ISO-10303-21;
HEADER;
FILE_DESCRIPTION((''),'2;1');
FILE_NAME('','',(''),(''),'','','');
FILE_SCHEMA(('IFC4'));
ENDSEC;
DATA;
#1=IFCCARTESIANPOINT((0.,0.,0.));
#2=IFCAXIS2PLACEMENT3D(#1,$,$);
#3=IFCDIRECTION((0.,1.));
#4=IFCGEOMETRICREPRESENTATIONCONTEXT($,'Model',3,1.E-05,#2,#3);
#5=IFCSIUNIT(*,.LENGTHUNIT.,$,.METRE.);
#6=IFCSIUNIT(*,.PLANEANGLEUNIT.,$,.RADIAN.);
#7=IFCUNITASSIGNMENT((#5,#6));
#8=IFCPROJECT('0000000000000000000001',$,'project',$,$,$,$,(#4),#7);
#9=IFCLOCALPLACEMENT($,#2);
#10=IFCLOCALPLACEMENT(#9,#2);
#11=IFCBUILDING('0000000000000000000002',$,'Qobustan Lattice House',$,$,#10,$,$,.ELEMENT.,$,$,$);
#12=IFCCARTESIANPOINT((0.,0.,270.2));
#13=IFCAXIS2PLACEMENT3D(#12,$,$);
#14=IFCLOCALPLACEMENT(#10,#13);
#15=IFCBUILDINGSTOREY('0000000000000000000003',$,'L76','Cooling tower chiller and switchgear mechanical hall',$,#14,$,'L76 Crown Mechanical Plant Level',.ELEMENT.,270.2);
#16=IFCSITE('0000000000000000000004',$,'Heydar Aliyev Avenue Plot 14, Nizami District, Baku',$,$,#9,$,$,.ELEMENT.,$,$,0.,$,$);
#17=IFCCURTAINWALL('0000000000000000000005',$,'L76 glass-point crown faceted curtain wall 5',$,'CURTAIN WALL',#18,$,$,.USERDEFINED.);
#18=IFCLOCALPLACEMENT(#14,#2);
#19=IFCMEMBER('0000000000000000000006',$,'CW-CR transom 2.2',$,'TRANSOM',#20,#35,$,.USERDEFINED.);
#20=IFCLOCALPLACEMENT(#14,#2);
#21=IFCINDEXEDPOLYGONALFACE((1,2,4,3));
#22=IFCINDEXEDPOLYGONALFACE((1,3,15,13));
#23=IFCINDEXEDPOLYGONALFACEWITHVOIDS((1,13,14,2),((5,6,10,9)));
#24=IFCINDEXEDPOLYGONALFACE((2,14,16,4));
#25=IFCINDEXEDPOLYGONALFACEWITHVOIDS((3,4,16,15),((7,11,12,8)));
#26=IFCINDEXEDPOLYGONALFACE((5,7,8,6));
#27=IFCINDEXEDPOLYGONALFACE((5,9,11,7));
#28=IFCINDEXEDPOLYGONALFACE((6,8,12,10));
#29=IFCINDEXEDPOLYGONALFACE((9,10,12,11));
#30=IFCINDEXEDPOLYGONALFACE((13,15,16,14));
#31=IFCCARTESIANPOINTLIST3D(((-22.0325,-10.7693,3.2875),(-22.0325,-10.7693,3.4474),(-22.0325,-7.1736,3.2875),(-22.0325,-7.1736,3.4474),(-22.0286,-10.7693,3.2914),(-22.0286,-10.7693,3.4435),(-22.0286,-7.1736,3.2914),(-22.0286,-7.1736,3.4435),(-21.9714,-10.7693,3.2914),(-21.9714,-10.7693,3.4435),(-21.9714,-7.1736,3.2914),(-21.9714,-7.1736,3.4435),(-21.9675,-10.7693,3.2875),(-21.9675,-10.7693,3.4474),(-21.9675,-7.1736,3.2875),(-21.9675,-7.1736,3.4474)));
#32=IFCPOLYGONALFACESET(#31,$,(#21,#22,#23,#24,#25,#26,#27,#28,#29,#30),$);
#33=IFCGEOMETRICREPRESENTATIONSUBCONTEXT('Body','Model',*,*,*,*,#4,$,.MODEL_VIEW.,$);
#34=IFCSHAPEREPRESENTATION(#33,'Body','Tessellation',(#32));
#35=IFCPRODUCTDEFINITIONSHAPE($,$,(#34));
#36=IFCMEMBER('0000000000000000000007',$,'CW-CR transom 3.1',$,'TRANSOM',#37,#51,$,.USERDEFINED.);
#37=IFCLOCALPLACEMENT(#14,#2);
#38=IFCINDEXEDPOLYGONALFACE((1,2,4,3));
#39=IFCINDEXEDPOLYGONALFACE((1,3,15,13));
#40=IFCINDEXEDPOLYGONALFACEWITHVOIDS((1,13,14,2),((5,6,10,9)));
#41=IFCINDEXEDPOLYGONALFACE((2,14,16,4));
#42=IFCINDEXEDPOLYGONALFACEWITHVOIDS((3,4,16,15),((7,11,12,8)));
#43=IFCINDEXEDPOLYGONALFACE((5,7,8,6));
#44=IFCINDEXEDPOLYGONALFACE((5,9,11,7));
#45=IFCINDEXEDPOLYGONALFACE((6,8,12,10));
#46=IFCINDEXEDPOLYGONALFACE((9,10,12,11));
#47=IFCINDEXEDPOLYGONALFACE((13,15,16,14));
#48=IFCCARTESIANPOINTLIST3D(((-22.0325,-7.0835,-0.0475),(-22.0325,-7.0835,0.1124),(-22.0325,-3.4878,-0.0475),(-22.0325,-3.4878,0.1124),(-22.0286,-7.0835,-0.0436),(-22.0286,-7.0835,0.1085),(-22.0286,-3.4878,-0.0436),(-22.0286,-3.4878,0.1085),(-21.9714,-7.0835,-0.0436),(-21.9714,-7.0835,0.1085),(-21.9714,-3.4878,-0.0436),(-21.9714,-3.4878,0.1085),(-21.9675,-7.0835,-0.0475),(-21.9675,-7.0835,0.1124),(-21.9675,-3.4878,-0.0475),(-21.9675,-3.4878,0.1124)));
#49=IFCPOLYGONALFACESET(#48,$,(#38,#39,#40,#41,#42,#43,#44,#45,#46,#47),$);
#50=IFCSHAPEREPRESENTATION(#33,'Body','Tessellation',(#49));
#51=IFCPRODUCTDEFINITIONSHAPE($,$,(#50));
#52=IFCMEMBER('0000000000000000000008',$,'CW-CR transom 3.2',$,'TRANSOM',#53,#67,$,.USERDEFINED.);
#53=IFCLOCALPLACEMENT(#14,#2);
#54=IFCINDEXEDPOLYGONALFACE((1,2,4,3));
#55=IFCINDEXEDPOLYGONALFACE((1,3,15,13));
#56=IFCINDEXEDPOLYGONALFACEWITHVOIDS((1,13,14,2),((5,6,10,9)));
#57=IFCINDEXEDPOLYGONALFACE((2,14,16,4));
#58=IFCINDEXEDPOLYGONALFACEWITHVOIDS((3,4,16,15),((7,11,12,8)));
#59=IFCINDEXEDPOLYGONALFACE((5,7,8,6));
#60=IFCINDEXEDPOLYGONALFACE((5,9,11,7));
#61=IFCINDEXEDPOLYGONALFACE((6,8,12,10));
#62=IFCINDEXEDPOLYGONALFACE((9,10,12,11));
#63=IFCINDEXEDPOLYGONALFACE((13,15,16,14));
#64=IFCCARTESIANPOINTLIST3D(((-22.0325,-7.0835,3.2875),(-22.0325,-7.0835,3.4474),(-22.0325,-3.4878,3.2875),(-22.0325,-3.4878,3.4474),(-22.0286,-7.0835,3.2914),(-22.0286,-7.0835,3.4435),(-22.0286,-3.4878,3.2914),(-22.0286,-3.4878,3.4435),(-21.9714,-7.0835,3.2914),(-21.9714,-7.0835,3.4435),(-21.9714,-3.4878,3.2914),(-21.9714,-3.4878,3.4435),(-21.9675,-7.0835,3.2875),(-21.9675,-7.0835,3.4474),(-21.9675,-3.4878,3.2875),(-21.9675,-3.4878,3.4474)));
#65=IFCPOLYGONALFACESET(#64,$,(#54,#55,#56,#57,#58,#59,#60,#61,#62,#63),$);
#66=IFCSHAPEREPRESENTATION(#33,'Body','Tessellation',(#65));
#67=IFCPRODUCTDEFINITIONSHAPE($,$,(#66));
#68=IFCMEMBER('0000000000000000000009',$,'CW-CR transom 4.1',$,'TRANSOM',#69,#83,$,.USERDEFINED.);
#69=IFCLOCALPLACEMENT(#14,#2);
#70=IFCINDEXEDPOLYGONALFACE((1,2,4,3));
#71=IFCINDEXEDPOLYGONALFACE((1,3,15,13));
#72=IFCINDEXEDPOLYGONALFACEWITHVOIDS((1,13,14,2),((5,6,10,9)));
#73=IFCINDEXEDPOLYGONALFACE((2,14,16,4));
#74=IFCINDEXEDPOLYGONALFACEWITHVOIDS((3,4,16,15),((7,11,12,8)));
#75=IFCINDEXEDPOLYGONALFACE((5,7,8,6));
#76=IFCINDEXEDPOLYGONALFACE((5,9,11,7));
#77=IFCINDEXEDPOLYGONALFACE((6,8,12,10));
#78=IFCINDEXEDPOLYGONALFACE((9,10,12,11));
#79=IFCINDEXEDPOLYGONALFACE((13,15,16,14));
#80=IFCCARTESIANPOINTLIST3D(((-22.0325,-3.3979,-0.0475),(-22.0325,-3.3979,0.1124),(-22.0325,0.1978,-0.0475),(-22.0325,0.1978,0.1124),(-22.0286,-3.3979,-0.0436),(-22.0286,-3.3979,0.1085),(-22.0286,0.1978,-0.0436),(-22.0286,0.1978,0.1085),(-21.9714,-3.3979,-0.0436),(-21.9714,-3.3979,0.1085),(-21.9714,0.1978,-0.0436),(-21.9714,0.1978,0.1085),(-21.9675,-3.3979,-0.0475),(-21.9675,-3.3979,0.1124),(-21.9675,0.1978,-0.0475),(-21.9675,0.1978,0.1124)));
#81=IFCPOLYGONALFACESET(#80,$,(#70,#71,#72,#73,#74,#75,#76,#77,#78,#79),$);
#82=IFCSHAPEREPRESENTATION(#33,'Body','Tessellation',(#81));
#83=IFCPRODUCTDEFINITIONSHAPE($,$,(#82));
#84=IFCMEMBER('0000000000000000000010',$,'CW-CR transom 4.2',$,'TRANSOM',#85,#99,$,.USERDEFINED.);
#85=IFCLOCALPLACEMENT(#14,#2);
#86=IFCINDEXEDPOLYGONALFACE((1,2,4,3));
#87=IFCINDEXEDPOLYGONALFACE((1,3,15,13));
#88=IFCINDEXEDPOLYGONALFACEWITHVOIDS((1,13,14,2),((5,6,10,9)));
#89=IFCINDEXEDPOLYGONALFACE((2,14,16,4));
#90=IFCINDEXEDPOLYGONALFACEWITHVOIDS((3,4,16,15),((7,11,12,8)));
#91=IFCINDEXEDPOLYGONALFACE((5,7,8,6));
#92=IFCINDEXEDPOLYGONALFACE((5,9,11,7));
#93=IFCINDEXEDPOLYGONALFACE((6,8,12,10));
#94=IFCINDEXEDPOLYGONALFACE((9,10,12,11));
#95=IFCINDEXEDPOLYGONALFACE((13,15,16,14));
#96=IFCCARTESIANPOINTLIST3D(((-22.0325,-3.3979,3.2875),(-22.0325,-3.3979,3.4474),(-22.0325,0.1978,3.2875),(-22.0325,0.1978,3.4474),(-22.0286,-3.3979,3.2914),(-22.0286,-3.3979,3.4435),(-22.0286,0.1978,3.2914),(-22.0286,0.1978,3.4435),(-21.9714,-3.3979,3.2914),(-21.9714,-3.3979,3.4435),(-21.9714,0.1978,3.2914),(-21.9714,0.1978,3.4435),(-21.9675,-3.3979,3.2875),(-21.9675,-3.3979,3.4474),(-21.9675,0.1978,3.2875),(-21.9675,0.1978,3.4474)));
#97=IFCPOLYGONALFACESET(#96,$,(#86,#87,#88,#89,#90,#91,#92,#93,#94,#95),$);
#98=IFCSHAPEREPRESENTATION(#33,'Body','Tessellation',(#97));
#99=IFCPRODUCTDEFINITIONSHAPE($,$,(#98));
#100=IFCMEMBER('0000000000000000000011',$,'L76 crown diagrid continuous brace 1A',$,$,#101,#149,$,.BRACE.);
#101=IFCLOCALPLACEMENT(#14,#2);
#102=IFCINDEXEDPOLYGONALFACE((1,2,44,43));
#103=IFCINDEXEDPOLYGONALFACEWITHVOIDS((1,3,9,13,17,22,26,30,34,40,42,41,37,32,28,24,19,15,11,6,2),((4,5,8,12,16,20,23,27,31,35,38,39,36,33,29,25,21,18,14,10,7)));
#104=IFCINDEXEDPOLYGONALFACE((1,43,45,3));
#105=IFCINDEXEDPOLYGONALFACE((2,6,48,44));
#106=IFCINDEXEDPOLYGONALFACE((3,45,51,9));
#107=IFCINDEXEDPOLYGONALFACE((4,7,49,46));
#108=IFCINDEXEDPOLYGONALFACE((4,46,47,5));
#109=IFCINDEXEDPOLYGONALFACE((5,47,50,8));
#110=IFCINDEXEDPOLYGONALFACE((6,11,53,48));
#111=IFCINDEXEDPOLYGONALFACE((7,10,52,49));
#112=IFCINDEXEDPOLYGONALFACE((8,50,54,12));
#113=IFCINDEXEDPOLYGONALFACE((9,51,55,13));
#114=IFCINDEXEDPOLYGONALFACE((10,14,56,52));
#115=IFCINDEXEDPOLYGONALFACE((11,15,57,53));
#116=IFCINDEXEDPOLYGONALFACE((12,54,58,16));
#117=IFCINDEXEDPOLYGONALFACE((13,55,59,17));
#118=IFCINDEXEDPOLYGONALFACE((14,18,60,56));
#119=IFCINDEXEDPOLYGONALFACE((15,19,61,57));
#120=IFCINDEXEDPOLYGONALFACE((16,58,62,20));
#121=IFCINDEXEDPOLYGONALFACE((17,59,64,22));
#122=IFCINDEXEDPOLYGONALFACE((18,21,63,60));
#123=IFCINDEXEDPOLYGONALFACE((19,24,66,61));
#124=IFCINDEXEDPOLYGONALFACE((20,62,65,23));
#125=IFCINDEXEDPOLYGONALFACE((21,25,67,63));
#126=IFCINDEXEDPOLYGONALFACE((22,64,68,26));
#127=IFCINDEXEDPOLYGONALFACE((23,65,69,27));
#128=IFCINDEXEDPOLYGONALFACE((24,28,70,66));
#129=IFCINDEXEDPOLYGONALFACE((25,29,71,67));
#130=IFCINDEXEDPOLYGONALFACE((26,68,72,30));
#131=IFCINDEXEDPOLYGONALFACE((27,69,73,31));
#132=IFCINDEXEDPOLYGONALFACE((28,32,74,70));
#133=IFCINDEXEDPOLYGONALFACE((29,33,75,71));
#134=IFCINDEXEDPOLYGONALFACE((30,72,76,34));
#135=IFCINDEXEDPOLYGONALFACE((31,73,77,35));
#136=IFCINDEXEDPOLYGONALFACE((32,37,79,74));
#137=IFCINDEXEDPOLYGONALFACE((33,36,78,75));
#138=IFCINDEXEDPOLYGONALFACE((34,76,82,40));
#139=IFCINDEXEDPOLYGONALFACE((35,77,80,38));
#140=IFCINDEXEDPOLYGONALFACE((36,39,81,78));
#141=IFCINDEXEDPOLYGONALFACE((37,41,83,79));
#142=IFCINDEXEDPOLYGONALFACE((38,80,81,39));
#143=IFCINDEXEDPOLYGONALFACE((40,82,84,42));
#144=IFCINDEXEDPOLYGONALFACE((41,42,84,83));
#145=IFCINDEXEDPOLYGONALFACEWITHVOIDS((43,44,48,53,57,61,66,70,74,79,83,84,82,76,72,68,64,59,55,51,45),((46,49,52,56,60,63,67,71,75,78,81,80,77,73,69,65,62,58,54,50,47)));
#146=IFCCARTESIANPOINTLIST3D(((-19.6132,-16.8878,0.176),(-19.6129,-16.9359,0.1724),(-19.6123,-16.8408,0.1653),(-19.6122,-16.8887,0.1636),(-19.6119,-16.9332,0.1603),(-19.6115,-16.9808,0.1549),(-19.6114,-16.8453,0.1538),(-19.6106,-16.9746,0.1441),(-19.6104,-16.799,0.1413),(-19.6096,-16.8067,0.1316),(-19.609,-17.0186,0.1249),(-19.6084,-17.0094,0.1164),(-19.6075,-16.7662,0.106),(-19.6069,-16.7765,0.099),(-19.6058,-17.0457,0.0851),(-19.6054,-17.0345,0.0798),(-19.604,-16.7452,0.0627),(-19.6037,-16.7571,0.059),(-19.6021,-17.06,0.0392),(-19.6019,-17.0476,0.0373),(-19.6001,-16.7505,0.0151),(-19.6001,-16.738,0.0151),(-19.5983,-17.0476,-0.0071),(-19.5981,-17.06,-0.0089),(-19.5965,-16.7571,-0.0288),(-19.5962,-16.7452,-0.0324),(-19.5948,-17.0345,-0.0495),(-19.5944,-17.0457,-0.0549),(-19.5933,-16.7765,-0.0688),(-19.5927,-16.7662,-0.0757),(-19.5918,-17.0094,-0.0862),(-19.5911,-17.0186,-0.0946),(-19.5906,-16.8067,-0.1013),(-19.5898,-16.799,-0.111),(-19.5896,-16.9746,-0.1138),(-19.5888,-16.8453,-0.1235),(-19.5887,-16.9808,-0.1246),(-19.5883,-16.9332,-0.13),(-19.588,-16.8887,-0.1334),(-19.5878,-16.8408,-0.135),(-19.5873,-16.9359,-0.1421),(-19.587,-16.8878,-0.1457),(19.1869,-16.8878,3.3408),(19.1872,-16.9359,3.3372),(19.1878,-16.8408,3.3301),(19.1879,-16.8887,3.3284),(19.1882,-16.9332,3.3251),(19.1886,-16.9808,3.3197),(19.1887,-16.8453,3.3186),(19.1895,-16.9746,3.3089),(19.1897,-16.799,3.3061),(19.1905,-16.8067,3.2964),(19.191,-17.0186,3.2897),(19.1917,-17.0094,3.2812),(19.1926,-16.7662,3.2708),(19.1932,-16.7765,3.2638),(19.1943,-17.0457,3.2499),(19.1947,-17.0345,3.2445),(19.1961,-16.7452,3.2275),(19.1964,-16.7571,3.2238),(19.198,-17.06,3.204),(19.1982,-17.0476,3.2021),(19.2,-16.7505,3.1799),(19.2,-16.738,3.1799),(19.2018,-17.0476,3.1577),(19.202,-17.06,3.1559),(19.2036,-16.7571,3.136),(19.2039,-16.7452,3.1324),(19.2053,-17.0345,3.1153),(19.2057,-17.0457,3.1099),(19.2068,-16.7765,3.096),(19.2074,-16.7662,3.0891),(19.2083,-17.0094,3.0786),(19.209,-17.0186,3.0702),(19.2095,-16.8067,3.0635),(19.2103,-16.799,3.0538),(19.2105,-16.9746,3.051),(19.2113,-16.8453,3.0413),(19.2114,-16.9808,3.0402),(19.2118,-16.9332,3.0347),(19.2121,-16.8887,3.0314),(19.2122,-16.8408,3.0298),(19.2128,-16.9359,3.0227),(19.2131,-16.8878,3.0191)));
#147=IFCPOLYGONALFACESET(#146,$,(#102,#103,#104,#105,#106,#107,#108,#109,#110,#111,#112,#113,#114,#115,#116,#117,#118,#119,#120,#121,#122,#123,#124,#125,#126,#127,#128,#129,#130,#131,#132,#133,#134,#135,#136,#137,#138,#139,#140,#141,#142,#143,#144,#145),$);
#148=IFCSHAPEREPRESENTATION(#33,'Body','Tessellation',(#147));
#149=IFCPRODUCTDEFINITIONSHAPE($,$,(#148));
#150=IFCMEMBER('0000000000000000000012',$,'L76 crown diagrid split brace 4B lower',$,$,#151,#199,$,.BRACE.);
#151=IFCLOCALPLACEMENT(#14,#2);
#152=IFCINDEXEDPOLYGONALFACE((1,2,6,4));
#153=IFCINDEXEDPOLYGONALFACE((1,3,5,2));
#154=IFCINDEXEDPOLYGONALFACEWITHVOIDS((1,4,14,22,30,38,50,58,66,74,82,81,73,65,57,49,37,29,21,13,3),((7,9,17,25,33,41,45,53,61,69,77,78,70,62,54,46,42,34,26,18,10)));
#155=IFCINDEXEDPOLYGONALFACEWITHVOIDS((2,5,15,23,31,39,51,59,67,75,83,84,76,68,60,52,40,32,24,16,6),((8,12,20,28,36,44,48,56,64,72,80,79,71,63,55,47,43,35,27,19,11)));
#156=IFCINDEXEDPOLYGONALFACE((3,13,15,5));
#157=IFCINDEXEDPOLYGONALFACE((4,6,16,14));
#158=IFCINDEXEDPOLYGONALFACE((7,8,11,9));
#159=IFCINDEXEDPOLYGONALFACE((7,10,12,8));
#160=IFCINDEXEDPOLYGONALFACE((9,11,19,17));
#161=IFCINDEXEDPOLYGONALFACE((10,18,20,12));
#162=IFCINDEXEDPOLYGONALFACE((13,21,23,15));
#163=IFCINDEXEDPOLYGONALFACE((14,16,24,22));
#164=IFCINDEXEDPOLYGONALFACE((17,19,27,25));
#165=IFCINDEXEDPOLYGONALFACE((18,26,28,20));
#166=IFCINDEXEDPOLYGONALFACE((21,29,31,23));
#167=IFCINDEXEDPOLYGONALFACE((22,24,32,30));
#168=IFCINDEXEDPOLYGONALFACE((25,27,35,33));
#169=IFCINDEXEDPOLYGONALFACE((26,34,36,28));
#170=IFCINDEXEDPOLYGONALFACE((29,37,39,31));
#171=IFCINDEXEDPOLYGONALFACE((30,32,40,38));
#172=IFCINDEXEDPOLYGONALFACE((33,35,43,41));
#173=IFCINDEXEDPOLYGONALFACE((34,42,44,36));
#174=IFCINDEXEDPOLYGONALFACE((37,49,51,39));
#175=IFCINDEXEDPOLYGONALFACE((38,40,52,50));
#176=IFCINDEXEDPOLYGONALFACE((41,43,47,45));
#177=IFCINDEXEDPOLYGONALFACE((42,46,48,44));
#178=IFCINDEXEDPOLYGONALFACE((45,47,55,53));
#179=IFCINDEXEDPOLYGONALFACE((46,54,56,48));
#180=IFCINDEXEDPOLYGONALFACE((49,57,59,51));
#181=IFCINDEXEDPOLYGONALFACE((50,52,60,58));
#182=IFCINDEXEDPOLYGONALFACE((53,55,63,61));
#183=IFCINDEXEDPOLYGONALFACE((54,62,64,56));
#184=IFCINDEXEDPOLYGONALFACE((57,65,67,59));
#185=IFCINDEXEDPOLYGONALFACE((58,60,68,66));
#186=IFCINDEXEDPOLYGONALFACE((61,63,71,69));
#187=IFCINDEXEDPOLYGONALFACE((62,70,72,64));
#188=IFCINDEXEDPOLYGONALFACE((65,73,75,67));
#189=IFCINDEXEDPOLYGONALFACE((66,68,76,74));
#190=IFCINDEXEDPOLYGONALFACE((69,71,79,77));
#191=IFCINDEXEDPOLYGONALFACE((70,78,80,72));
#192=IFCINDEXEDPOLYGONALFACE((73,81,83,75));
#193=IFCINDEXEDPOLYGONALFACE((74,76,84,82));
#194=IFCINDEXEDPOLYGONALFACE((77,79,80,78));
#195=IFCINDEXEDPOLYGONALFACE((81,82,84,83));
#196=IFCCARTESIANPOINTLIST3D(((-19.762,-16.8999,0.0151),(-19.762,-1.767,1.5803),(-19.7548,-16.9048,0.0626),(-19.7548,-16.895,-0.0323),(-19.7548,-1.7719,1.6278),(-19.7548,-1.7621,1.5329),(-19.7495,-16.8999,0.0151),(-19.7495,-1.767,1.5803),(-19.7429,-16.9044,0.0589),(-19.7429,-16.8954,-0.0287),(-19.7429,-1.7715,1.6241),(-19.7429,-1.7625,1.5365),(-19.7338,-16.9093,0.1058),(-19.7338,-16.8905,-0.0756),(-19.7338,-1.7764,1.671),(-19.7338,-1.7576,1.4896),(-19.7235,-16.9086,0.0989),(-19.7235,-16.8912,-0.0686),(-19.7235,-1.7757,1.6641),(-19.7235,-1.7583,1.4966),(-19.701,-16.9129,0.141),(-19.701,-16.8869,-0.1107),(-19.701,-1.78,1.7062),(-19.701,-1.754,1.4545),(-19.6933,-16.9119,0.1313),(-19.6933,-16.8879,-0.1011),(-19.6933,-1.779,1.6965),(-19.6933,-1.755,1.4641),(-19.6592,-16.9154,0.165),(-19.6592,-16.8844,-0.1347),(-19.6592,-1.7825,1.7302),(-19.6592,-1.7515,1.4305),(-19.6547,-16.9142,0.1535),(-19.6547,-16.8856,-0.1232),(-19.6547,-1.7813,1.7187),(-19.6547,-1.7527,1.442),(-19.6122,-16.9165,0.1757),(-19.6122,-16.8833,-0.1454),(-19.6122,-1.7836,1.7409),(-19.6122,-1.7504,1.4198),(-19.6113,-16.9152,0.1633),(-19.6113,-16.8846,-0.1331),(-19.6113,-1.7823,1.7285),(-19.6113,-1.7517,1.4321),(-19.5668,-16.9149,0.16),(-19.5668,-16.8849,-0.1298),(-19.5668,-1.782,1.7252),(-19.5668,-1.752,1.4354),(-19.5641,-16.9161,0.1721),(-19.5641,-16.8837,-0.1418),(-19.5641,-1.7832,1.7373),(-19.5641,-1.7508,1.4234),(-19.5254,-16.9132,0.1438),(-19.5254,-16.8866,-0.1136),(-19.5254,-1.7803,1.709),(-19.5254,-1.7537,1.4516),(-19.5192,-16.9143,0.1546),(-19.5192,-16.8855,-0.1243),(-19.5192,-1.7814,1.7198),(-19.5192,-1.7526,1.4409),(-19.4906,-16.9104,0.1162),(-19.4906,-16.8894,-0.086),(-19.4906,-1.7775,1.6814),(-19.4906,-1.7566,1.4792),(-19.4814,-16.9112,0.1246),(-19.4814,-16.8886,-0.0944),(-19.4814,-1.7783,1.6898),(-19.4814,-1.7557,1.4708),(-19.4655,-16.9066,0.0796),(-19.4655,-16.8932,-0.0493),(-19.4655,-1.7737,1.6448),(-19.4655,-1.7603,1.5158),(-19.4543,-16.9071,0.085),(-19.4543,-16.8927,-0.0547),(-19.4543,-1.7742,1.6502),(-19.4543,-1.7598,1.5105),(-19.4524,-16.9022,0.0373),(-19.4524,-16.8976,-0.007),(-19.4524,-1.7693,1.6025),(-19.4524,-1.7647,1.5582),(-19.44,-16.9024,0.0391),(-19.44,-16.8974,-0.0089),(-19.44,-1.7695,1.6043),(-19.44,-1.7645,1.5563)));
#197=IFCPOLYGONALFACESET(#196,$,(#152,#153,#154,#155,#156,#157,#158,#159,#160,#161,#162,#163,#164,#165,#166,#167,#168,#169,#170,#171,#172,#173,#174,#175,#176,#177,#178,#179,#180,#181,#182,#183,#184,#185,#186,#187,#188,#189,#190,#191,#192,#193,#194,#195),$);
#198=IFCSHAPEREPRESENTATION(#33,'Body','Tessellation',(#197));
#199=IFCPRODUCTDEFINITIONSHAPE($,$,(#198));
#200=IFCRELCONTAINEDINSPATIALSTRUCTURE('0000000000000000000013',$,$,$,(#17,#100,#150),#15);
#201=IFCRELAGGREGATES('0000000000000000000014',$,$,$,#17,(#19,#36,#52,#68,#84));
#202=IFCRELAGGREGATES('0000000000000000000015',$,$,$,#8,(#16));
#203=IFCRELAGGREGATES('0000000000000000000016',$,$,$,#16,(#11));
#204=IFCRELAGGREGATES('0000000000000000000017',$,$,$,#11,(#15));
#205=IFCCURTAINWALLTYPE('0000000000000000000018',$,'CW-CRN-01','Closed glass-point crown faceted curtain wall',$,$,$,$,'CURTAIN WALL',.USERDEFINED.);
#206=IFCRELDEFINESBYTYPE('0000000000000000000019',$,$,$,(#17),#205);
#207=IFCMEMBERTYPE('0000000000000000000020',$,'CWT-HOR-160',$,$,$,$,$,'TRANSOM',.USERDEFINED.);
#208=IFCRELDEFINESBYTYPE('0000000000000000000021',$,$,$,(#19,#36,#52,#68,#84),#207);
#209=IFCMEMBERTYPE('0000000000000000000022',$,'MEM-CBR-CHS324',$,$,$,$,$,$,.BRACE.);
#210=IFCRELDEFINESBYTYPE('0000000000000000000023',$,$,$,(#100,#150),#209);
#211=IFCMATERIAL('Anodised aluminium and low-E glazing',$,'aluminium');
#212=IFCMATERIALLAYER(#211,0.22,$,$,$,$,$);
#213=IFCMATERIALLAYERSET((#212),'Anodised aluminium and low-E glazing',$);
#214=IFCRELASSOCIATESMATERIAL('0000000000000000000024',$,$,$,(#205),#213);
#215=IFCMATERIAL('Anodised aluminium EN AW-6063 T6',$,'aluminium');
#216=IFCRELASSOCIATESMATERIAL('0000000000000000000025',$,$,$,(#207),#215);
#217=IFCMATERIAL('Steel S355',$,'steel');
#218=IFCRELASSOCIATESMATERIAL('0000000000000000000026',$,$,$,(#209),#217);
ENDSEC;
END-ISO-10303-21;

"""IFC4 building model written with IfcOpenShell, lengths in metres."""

from ifc_helpers import new_model, si_unit, direction, frame, origin, origin_2d, place, context, subcontext, project, spatial, hollow_rectangle, hollow_circle, extrude, material, layer, layer_set, material_profile, profile_set, type_object, element, aggregate, save


model = new_model("IFC4")

# Units and contexts
model_context = context("Model", 3, precision=1e-05, world=origin(), true_north=direction((0.0, 1.0)))
body_context = subcontext(model_context, "Body", "Model", "MODEL_VIEW")
ifc_project = project(units=[si_unit("LENGTHUNIT", "METRE"), si_unit("PLANEANGLEUNIT", "RADIAN")], contexts=[model_context])

# Site, building, storey
site_placement = place(None, origin())
site = spatial("IfcSite", under=ifc_project, at=site_placement, Name="Heydar Aliyev Avenue Plot 14, Nizami District, Baku", CompositionType="ELEMENT", RefElevation=0.0)
building_placement = place(site_placement, origin())
building = spatial("IfcBuilding", under=site, at=building_placement, Name="Qobustan Lattice House", CompositionType="ELEMENT")
storey_placement = place(building_placement, frame((0.0, 0.0, 270.2)))
storey = spatial("IfcBuildingStorey", under=building, at=storey_placement, Name="L76", Description="Cooling tower chiller and switchgear mechanical hall", LongName="L76 Crown Mechanical Plant Level", CompositionType="ELEMENT", Elevation=270.2)

# Curtain wall
ifc_material_1 = material(Name="Anodised aluminium and low-E glazing", Category="aluminium")
ifc_layer_1 = layer(ifc_material_1, 0.22)
ifc_layer_set_1 = layer_set([ifc_layer_1], Name="Anodised aluminium and low-E glazing")
curtain_wall_type = type_object("IfcCurtainWallType", Name="CW-CRN-01", Description="Closed glass-point crown faceted curtain wall", ElementType="CURTAIN WALL", PredefinedType="USERDEFINED", material=ifc_layer_set_1)
curtain_wall_1_placement = place(storey_placement, origin())
curtain_wall_1 = element("IfcCurtainWall", 1, at=curtain_wall_1_placement, inside=storey, type_object=curtain_wall_type, Name="L76 glass-point crown faceted curtain wall 5", ObjectType="CURTAIN WALL", PredefinedType="USERDEFINED")

# Members
ifc_material_2 = material(Name="Anodised aluminium EN AW-6063 T6", Category="aluminium")
ifc_material_profile_1 = material_profile(ifc_material_2, hollow_rectangle(XDim=0.0649, YDim=0.1599, WallThickness=0.0039, at=origin_2d()), Name="CWT-160x65")
ifc_profile_set_1 = profile_set([ifc_material_profile_1], Name="Anodised aluminium EN AW-6063 T6")
member_type_1 = type_object("IfcMemberType", Name="CWT-HOR-160", ElementType="TRANSOM", PredefinedType="USERDEFINED", material=ifc_profile_set_1)
member_1_placement = place(storey_placement, frame((-22.0, -10.7693, 3.3674), z_axis=(0.0, 1.0, 0.0), x_axis=(-1.0, 0.0, 0.0)))
member_1 = element("IfcMember", 2, at=member_1_placement, type_object=member_type_1, Name="CW-CR transom 2.2", ObjectType="TRANSOM", PredefinedType="USERDEFINED", context=body_context, shape_type="SweptSolid", body=[
    extrude(hollow_rectangle(XDim=0.0649, YDim=0.1599, WallThickness=0.0039, at=origin_2d()), origin(), (0.0, 0.0, 1.0), 3.5957),
])
member_2_placement = place(storey_placement, frame((-22.0, -7.0835, 0.0325), z_axis=(0.0, 1.0, 0.0), x_axis=(-1.0, 0.0, 0.0)))
member_2 = element("IfcMember", 3, at=member_2_placement, type_object=member_type_1, Name="CW-CR transom 3.1", ObjectType="TRANSOM", PredefinedType="USERDEFINED", context=body_context, shape_type="SweptSolid", body=[
    extrude(hollow_rectangle(XDim=0.0649, YDim=0.1599, WallThickness=0.0039, at=origin_2d()), origin(), (0.0, 0.0, 1.0), 3.5957),
])
member_3_placement = place(storey_placement, frame((-22.0, -7.0835, 3.3674), z_axis=(0.0, 1.0, 0.0), x_axis=(-1.0, 0.0, 0.0)))
member_3 = element("IfcMember", 4, at=member_3_placement, type_object=member_type_1, Name="CW-CR transom 3.2", ObjectType="TRANSOM", PredefinedType="USERDEFINED", context=body_context, shape_type="SweptSolid", body=[
    extrude(hollow_rectangle(XDim=0.0649, YDim=0.1599, WallThickness=0.0039, at=origin_2d()), origin(), (0.0, 0.0, 1.0), 3.5957),
])
member_4_placement = place(storey_placement, frame((-22.0, -3.3979, 0.0325), z_axis=(0.0, 1.0, 0.0), x_axis=(-1.0, 0.0, 0.0)))
member_4 = element("IfcMember", 5, at=member_4_placement, type_object=member_type_1, Name="CW-CR transom 4.1", ObjectType="TRANSOM", PredefinedType="USERDEFINED", context=body_context, shape_type="SweptSolid", body=[
    extrude(hollow_rectangle(XDim=0.0649, YDim=0.1599, WallThickness=0.0039, at=origin_2d()), origin(), (0.0, 0.0, 1.0), 3.5957),
])
member_5_placement = place(storey_placement, frame((-22.0, -3.3979, 3.3674), z_axis=(0.0, 1.0, 0.0), x_axis=(-1.0, 0.0, 0.0)))
member_5 = element("IfcMember", 6, at=member_5_placement, type_object=member_type_1, Name="CW-CR transom 4.2", ObjectType="TRANSOM", PredefinedType="USERDEFINED", context=body_context, shape_type="SweptSolid", body=[
    extrude(hollow_rectangle(XDim=0.0649, YDim=0.1599, WallThickness=0.0039, at=origin_2d()), origin(), (0.0, 0.0, 1.0), 3.5957),
])

# Members
ifc_material_3 = material(Name="Steel S355", Category="steel")
ifc_material_profile_2 = material_profile(ifc_material_3, hollow_circle(Radius=0.1619, WallThickness=0.0125, at=origin_2d()), Name="CHS323.9x12.5")
ifc_profile_set_2 = profile_set([ifc_material_profile_2], Name="Steel S355")
member_type_2 = type_object("IfcMemberType", Name="MEM-CBR-CHS324", PredefinedType="BRACE", material=ifc_profile_set_2)
member_6_placement = place(storey_placement, frame((-19.6001, -16.8999, 0.0151), z_axis=(0.99669, 0.0, 0.081297), x_axis=(0.0, 1.0, 0.0)))
element("IfcMember", 7, at=member_6_placement, inside=storey, type_object=member_type_2, Name="L76 crown diagrid continuous brace 1A", PredefinedType="BRACE", context=body_context, shape_type="SweptSolid", body=[
    extrude(hollow_circle(Radius=0.1619, WallThickness=0.0125, at=origin_2d()), origin(), (0.0, 0.0, 1.0), 38.929),
])
member_7_placement = place(storey_placement, frame((-19.6001, -16.8999, 0.0151), z_axis=(0.0, 0.994694, 0.102881), x_axis=(-1.0, 0.0, 0.0)))
element("IfcMember", 8, at=member_7_placement, inside=storey, type_object=member_type_2, Name="L76 crown diagrid split brace 4B lower", PredefinedType="BRACE", context=body_context, shape_type="SweptSolid", body=[
    extrude(hollow_circle(Radius=0.1619, WallThickness=0.0125, at=origin_2d()), origin(), (0.0, 0.0, 1.0), 15.2136),
])

aggregate(curtain_wall_1, [member_1, member_2, member_3, member_4, member_5])

save(model, "model.ifc")
